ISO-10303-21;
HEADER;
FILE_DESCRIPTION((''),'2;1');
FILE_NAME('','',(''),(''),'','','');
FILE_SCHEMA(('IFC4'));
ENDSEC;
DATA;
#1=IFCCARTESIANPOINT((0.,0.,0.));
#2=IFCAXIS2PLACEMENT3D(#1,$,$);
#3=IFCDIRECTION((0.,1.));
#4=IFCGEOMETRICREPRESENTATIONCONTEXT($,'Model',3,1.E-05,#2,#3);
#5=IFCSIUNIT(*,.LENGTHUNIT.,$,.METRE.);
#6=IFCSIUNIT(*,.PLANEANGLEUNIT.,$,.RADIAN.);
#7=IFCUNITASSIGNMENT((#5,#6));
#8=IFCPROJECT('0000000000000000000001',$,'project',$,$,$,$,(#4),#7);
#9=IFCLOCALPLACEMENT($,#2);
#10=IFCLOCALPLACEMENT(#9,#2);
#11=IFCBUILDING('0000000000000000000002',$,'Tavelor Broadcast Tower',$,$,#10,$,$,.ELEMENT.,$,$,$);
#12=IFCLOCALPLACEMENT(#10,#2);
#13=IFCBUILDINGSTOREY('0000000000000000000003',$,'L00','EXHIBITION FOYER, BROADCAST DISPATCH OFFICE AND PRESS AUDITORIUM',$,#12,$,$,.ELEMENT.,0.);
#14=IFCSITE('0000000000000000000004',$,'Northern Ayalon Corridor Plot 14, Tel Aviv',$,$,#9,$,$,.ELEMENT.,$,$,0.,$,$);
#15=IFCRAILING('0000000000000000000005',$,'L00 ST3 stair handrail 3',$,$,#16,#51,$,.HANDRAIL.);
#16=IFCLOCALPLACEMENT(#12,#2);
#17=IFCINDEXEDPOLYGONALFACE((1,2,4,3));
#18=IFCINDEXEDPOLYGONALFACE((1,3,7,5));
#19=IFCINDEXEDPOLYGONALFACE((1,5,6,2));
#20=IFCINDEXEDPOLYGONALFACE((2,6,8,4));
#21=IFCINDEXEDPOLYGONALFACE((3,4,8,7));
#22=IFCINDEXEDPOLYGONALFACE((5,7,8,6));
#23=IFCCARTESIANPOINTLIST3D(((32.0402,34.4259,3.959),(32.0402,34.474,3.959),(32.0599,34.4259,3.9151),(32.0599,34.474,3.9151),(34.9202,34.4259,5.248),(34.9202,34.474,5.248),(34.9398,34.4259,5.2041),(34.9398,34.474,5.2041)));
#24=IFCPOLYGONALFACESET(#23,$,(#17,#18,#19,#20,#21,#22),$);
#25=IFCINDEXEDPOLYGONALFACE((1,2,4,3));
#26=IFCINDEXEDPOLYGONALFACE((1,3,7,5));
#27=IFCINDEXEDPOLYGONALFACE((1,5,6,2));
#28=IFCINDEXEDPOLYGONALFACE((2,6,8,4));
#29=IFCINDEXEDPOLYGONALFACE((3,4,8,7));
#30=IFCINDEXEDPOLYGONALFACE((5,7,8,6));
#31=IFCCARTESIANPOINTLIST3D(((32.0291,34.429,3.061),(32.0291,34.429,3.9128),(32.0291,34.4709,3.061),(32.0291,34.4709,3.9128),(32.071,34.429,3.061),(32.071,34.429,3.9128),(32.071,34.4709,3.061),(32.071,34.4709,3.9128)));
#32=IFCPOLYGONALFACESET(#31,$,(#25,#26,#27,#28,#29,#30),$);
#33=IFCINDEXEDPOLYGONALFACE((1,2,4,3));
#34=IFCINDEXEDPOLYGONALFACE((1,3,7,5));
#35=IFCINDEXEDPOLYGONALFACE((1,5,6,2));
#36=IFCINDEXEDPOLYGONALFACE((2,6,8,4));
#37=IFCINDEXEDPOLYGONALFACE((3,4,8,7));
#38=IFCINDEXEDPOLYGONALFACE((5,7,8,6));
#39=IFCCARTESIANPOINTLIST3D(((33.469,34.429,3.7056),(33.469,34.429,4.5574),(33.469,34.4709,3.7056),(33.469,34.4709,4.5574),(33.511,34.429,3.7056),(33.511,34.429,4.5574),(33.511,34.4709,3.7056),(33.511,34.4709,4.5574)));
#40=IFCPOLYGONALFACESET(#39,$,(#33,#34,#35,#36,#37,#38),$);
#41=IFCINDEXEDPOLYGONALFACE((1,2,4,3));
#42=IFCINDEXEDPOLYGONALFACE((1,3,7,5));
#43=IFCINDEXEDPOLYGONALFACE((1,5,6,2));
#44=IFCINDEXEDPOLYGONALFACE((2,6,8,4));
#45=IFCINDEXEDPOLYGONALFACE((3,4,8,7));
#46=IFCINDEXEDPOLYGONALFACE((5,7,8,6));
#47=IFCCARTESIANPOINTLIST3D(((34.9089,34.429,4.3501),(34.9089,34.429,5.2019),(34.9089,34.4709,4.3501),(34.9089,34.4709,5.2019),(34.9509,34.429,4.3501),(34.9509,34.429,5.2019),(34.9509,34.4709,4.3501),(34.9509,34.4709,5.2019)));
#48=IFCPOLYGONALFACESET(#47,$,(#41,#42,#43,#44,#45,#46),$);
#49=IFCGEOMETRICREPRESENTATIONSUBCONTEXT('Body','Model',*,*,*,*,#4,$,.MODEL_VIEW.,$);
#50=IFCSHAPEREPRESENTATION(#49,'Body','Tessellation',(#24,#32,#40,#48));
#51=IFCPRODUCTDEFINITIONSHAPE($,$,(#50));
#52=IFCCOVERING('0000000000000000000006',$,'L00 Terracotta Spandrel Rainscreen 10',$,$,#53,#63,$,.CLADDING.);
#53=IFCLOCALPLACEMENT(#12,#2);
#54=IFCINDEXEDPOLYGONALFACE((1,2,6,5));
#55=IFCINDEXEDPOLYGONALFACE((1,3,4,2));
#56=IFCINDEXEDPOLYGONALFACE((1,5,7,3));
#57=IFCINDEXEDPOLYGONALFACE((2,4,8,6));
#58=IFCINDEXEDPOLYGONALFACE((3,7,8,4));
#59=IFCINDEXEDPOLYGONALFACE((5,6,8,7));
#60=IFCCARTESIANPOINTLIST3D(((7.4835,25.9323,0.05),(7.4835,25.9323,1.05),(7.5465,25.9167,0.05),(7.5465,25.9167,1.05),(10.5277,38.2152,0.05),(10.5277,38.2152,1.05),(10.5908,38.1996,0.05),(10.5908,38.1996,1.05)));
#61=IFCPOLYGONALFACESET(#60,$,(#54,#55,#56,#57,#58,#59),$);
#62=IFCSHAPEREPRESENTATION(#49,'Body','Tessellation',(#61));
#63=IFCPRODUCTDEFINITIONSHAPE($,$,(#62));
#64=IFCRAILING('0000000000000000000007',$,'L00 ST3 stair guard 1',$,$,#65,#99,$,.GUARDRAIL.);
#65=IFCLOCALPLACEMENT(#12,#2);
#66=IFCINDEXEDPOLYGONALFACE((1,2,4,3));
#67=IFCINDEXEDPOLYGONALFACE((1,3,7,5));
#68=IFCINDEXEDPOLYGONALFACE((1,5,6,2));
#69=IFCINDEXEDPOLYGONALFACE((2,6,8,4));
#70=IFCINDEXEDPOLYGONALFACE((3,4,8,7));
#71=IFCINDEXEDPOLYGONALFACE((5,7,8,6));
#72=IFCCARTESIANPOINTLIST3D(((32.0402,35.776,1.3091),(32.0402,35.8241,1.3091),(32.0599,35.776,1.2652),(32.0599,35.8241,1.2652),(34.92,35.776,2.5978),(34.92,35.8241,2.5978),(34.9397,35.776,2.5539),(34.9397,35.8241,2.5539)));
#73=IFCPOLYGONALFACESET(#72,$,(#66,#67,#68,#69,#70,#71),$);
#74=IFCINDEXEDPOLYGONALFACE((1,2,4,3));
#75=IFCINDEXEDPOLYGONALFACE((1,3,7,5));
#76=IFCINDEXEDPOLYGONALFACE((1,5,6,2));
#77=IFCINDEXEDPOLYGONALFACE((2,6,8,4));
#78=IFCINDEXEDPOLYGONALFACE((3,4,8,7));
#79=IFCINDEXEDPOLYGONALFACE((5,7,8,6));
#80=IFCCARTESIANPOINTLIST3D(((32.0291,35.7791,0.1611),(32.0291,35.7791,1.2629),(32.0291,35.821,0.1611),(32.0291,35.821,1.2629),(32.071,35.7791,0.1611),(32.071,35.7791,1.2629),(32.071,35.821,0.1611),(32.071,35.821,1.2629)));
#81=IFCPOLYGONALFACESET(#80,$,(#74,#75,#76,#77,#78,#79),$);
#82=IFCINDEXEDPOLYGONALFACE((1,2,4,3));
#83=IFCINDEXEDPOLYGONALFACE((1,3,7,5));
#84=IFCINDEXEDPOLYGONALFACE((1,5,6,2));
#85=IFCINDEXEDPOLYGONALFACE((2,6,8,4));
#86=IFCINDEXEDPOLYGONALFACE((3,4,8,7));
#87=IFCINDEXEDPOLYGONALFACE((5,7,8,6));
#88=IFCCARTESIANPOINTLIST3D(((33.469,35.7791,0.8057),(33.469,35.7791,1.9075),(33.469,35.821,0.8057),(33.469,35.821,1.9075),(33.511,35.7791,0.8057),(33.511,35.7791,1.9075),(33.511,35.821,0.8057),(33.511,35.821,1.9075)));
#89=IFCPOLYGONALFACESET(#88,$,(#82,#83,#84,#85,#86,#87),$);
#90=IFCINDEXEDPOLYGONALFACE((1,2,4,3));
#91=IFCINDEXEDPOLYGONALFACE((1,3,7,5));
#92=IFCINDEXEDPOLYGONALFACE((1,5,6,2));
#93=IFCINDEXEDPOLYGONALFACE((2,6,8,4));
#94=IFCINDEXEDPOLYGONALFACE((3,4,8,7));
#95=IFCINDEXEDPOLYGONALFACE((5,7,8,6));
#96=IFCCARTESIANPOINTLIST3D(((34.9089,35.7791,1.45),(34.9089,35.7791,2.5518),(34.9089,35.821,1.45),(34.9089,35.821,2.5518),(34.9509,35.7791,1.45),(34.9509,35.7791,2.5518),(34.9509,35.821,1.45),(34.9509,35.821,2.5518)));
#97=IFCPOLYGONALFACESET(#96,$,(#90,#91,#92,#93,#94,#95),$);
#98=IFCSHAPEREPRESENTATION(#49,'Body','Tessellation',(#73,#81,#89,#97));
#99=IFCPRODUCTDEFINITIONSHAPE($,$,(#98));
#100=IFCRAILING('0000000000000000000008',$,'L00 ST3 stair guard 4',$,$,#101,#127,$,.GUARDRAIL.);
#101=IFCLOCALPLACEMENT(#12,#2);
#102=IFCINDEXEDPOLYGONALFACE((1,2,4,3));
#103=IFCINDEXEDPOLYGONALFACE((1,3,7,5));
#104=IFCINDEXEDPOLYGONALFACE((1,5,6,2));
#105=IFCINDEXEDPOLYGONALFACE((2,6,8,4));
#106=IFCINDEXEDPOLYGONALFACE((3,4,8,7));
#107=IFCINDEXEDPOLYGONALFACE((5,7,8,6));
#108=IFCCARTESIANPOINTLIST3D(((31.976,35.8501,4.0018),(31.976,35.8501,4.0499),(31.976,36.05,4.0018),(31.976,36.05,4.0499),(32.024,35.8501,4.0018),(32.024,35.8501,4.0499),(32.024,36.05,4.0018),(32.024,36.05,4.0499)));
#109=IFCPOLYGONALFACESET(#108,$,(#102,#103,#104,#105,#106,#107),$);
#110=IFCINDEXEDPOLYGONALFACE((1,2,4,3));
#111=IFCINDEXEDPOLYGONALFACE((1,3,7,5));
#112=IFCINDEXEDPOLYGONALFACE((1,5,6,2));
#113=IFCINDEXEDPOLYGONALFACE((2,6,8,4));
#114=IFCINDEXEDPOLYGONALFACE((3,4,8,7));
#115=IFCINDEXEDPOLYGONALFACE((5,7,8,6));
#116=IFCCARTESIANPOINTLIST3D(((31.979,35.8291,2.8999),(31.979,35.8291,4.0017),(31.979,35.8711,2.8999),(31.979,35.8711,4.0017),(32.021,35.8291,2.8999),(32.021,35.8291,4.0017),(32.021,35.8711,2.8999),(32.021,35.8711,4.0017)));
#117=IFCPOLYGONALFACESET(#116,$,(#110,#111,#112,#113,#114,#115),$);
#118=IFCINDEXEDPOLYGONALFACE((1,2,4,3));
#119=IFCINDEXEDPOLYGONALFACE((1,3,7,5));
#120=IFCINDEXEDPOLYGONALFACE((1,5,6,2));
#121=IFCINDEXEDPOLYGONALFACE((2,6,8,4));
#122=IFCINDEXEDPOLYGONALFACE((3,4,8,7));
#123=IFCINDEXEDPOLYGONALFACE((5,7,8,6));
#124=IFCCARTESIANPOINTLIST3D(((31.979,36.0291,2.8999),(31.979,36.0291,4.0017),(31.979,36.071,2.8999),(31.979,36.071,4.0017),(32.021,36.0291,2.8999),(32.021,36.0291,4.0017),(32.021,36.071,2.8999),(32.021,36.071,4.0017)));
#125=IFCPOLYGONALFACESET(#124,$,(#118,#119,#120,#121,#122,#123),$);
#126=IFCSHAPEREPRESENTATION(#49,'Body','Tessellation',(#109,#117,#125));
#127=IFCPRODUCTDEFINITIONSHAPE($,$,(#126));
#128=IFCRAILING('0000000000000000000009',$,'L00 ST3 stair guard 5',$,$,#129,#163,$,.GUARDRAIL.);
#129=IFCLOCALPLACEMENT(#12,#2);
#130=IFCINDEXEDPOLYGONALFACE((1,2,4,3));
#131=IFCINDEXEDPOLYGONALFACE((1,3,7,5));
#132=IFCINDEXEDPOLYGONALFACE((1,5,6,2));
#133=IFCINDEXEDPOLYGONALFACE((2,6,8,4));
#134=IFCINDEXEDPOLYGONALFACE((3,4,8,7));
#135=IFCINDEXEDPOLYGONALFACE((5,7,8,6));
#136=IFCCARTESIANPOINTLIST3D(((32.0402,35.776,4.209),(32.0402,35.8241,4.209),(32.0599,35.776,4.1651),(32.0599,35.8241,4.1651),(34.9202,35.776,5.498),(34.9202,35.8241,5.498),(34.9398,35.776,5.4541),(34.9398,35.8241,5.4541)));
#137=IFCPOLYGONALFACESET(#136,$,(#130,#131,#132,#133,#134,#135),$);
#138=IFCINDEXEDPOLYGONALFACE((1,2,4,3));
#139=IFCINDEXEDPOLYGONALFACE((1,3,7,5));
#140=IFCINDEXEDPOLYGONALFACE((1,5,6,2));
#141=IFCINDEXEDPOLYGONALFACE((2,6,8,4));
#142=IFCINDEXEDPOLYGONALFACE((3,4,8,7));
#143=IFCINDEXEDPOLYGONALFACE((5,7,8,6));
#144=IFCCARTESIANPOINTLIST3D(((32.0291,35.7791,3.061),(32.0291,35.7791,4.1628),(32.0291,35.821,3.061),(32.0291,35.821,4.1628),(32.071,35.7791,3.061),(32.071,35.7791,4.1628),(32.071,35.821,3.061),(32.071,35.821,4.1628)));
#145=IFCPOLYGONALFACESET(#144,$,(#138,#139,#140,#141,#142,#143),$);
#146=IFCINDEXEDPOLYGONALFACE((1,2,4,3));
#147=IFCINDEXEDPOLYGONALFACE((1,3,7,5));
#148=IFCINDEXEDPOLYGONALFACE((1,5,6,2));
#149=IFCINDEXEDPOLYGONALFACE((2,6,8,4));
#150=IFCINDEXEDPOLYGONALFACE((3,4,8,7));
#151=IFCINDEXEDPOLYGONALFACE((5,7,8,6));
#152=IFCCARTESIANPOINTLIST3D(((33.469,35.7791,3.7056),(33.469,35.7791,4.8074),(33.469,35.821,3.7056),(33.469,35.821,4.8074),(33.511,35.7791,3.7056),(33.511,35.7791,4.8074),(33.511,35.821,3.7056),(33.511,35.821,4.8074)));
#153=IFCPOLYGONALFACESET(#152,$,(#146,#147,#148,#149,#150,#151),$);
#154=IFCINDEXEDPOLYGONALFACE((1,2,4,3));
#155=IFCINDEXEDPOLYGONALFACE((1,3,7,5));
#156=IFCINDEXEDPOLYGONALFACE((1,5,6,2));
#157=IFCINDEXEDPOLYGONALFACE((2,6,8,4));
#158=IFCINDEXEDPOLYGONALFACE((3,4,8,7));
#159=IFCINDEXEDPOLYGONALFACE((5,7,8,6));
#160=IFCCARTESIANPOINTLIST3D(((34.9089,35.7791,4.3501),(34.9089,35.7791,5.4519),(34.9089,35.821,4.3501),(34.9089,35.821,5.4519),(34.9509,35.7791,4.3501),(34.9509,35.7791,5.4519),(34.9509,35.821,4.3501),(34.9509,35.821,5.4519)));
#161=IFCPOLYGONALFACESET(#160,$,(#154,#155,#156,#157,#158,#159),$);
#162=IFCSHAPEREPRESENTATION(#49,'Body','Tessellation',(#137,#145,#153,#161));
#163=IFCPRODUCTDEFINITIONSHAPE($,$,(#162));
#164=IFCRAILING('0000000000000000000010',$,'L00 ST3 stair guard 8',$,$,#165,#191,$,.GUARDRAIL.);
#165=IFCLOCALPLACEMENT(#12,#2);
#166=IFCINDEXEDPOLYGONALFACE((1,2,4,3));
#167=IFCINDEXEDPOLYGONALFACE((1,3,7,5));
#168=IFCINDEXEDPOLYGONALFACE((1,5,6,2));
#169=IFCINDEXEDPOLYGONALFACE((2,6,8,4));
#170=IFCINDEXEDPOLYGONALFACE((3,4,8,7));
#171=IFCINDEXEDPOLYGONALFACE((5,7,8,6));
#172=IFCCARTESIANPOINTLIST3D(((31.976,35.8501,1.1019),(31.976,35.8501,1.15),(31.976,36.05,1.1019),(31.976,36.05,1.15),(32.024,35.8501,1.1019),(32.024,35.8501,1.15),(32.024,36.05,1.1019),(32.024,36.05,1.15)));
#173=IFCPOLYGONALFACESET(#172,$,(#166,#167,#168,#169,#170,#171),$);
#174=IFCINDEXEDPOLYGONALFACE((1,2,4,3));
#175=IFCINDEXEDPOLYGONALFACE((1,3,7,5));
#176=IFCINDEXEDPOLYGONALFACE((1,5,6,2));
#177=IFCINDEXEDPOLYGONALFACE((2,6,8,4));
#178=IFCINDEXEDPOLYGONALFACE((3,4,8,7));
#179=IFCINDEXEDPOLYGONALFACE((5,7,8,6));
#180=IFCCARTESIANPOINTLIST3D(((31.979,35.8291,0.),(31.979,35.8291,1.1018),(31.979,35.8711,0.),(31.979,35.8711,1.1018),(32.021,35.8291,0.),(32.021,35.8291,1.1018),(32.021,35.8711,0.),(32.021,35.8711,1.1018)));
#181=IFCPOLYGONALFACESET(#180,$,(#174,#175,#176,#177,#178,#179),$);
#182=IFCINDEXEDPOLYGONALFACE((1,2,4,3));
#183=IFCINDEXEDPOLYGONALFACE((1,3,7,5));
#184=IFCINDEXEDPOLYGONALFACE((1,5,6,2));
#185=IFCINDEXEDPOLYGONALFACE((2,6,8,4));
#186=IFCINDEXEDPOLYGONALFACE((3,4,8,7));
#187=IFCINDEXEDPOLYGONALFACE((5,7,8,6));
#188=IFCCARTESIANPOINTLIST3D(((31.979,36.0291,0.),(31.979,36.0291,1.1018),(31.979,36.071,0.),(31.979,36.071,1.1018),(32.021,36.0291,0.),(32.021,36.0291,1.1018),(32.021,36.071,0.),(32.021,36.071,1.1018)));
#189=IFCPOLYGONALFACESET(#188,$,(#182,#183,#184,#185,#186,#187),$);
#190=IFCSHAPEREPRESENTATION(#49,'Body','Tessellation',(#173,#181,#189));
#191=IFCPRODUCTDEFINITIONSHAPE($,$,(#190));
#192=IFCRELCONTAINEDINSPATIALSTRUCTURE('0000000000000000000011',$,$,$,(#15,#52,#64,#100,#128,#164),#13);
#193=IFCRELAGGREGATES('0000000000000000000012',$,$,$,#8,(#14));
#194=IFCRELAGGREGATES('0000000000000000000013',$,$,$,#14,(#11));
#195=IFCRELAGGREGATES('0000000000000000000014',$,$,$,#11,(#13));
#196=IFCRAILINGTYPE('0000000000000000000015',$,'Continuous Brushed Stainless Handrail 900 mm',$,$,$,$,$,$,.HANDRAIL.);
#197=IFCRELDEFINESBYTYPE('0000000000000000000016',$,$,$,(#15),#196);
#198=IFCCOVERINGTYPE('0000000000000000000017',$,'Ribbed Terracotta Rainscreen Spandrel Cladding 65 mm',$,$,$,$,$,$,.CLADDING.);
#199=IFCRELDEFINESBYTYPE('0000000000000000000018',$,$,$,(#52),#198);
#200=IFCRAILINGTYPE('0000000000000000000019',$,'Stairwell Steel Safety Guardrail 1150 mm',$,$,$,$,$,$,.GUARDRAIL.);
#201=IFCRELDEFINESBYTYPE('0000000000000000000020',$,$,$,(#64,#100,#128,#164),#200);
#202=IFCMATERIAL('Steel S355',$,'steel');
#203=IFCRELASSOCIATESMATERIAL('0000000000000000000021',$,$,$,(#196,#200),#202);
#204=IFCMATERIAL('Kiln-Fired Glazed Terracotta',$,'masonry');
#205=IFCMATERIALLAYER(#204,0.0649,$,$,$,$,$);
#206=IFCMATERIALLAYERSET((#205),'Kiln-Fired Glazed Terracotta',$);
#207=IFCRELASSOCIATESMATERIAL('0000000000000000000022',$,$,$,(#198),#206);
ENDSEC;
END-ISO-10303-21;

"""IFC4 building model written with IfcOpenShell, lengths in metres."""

from ifc_helpers import new_model, si_unit, direction, frame, origin, origin_2d, place, context, subcontext, project, spatial, rectangle, extrude, material, layer, layer_set, type_object, element, save


model = new_model("IFC4")

# Units and contexts
model_context = context("Model", 3, precision=1e-05, world=origin(), true_north=direction((0.0, 1.0)))
body_context = subcontext(model_context, "Body", "Model", "MODEL_VIEW")
ifc_project = project(units=[si_unit("LENGTHUNIT", "METRE"), si_unit("PLANEANGLEUNIT", "RADIAN")], contexts=[model_context])

# Site, building, storey
site_placement = place(None, origin())
site = spatial("IfcSite", under=ifc_project, at=site_placement, Name="Northern Ayalon Corridor Plot 14, Tel Aviv", CompositionType="ELEMENT", RefElevation=0.0)
building_placement = place(site_placement, origin())
building = spatial("IfcBuilding", under=site, at=building_placement, Name="Tavelor Broadcast Tower", CompositionType="ELEMENT")
storey_placement = place(building_placement, origin())
storey = spatial("IfcBuildingStorey", under=building, at=storey_placement, Name="L00", Description="EXHIBITION FOYER, BROADCAST DISPATCH OFFICE AND PRESS AUDITORIUM", CompositionType="ELEMENT", Elevation=0.0)

# Shared definitions
ifc_material_1 = material(Name="Steel S355", Category="steel")

# Railing
railing_type_1 = type_object("IfcRailingType", Name="Continuous Brushed Stainless Handrail 900 mm", PredefinedType="HANDRAIL", material=ifc_material_1)
railing_1_placement = place(storey_placement, frame((32.05, 34.45, 3.061)))
element("IfcRailing", 1, at=railing_1_placement, inside=storey, type_object=railing_type_1, Name="L00 ST3 stair handrail 3", PredefinedType="HANDRAIL", context=body_context, shape_type="SweptSolid", body=[
    extrude(rectangle(XDim=0.0481, YDim=0.0481, at=origin_2d()), frame((0.0, 0.0, 0.876), z_axis=(0.912736, 0.0, 0.408549), x_axis=(0.0, 1.0, 0.0)), (0.0, 0.0, 1.0), 3.1553),
    extrude(rectangle(XDim=0.042, YDim=0.042, at=origin_2d()), origin(), (0.0, 0.0, 1.0), 0.8518),
    extrude(rectangle(XDim=0.042, YDim=0.042, at=origin_2d()), frame((1.4399, 0.0, 0.6445)), (0.0, 0.0, 1.0), 0.8518),
    extrude(rectangle(XDim=0.042, YDim=0.042, at=origin_2d()), frame((2.8799, 0.0, 1.2891)), (0.0, 0.0, 1.0), 0.8518),
])

# Covering
ifc_material_2 = material(Name="Kiln-Fired Glazed Terracotta", Category="masonry")
ifc_layer_1 = layer(ifc_material_2, 0.0649)
ifc_layer_set_1 = layer_set([ifc_layer_1], Name="Kiln-Fired Glazed Terracotta")
covering_type = type_object("IfcCoveringType", Name="Ribbed Terracotta Rainscreen Spandrel Cladding 65 mm", PredefinedType="CLADDING", material=ifc_layer_set_1)
covering_placement = place(storey_placement, frame((9.0371, 32.0659, 0.05), z_axis=(0.0, 0.0, 1.0), x_axis=(-0.240567, -0.970633, 0.0)))
element("IfcCovering", 2, at=covering_placement, inside=storey, type_object=covering_type, Name="L00 Terracotta Spandrel Rainscreen 10", PredefinedType="CLADDING", context=body_context, shape_type="SweptSolid", body=[
    extrude(rectangle(XDim=12.6545, YDim=0.0649, at=origin_2d()), origin(), (0.0, 0.0, 1.0), 1.0),
])

# Railings
railing_type_2 = type_object("IfcRailingType", Name="Stairwell Steel Safety Guardrail 1150 mm", PredefinedType="GUARDRAIL", material=ifc_material_1)
railing_2_placement = place(storey_placement, frame((32.05, 35.8, 0.1611)))
element("IfcRailing", 3, at=railing_2_placement, inside=storey, type_object=railing_type_2, Name="L00 ST3 stair guard 1", PredefinedType="GUARDRAIL", context=body_context, shape_type="SweptSolid", body=[
    extrude(rectangle(XDim=0.0481, YDim=0.0481, at=origin_2d()), frame((0.0, 0.0, 1.126), z_axis=(0.912765, 0.0, 0.408485), x_axis=(0.0, 1.0, 0.0)), (0.0, 0.0, 1.0), 3.155),
    extrude(rectangle(XDim=0.042, YDim=0.042, at=origin_2d()), origin(), (0.0, 0.0, 1.0), 1.1018),
    extrude(rectangle(XDim=0.042, YDim=0.042, at=origin_2d()), frame((1.4399, 0.0, 0.6445)), (0.0, 0.0, 1.0), 1.1018),
    extrude(rectangle(XDim=0.042, YDim=0.042, at=origin_2d()), frame((2.8799, 0.0, 1.2888)), (0.0, 0.0, 1.0), 1.1018),
])
railing_3_placement = place(storey_placement, frame((32.0, 35.8501, 2.8999)))
element("IfcRailing", 4, at=railing_3_placement, inside=storey, type_object=railing_type_2, Name="L00 ST3 stair guard 4", PredefinedType="GUARDRAIL", context=body_context, shape_type="SweptSolid", body=[
    extrude(rectangle(XDim=0.0481, YDim=0.0481, at=origin_2d()), frame((0.0, 0.0, 1.126), z_axis=(0.0, 1.0, 0.0), x_axis=(-1.0, 0.0, 0.0)), (0.0, 0.0, 1.0), 0.2),
    extrude(rectangle(XDim=0.042, YDim=0.042, at=origin_2d()), origin(), (0.0, 0.0, 1.0), 1.1018),
    extrude(rectangle(XDim=0.042, YDim=0.042, at=origin_2d()), frame((0.0, 0.2, 0.0)), (0.0, 0.0, 1.0), 1.1018),
])
railing_4_placement = place(storey_placement, frame((32.05, 35.8, 3.061)))
element("IfcRailing", 5, at=railing_4_placement, inside=storey, type_object=railing_type_2, Name="L00 ST3 stair guard 5", PredefinedType="GUARDRAIL", context=body_context, shape_type="SweptSolid", body=[
    extrude(rectangle(XDim=0.0481, YDim=0.0481, at=origin_2d()), frame((0.0, 0.0, 1.126), z_axis=(0.912736, 0.0, 0.408549), x_axis=(0.0, 1.0, 0.0)), (0.0, 0.0, 1.0), 3.1553),
    extrude(rectangle(XDim=0.042, YDim=0.042, at=origin_2d()), origin(), (0.0, 0.0, 1.0), 1.1018),
    extrude(rectangle(XDim=0.042, YDim=0.042, at=origin_2d()), frame((1.4399, 0.0, 0.6445)), (0.0, 0.0, 1.0), 1.1018),
    extrude(rectangle(XDim=0.042, YDim=0.042, at=origin_2d()), frame((2.8799, 0.0, 1.2891)), (0.0, 0.0, 1.0), 1.1018),
])
railing_5_placement = place(storey_placement, frame((32.0, 35.8501, 0.0)))
element("IfcRailing", 6, at=railing_5_placement, inside=storey, type_object=railing_type_2, Name="L00 ST3 stair guard 8", PredefinedType="GUARDRAIL", context=body_context, shape_type="SweptSolid", body=[
    extrude(rectangle(XDim=0.0481, YDim=0.0481, at=origin_2d()), frame((0.0, 0.0, 1.126), z_axis=(0.0, 1.0, 0.0), x_axis=(-1.0, 0.0, 0.0)), (0.0, 0.0, 1.0), 0.2),
    extrude(rectangle(XDim=0.042, YDim=0.042, at=origin_2d()), origin(), (0.0, 0.0, 1.0), 1.1018),
    extrude(rectangle(XDim=0.042, YDim=0.042, at=origin_2d()), frame((0.0, 0.2, 0.0)), (0.0, 0.0, 1.0), 1.1018),
])

save(model, "model.ifc")
